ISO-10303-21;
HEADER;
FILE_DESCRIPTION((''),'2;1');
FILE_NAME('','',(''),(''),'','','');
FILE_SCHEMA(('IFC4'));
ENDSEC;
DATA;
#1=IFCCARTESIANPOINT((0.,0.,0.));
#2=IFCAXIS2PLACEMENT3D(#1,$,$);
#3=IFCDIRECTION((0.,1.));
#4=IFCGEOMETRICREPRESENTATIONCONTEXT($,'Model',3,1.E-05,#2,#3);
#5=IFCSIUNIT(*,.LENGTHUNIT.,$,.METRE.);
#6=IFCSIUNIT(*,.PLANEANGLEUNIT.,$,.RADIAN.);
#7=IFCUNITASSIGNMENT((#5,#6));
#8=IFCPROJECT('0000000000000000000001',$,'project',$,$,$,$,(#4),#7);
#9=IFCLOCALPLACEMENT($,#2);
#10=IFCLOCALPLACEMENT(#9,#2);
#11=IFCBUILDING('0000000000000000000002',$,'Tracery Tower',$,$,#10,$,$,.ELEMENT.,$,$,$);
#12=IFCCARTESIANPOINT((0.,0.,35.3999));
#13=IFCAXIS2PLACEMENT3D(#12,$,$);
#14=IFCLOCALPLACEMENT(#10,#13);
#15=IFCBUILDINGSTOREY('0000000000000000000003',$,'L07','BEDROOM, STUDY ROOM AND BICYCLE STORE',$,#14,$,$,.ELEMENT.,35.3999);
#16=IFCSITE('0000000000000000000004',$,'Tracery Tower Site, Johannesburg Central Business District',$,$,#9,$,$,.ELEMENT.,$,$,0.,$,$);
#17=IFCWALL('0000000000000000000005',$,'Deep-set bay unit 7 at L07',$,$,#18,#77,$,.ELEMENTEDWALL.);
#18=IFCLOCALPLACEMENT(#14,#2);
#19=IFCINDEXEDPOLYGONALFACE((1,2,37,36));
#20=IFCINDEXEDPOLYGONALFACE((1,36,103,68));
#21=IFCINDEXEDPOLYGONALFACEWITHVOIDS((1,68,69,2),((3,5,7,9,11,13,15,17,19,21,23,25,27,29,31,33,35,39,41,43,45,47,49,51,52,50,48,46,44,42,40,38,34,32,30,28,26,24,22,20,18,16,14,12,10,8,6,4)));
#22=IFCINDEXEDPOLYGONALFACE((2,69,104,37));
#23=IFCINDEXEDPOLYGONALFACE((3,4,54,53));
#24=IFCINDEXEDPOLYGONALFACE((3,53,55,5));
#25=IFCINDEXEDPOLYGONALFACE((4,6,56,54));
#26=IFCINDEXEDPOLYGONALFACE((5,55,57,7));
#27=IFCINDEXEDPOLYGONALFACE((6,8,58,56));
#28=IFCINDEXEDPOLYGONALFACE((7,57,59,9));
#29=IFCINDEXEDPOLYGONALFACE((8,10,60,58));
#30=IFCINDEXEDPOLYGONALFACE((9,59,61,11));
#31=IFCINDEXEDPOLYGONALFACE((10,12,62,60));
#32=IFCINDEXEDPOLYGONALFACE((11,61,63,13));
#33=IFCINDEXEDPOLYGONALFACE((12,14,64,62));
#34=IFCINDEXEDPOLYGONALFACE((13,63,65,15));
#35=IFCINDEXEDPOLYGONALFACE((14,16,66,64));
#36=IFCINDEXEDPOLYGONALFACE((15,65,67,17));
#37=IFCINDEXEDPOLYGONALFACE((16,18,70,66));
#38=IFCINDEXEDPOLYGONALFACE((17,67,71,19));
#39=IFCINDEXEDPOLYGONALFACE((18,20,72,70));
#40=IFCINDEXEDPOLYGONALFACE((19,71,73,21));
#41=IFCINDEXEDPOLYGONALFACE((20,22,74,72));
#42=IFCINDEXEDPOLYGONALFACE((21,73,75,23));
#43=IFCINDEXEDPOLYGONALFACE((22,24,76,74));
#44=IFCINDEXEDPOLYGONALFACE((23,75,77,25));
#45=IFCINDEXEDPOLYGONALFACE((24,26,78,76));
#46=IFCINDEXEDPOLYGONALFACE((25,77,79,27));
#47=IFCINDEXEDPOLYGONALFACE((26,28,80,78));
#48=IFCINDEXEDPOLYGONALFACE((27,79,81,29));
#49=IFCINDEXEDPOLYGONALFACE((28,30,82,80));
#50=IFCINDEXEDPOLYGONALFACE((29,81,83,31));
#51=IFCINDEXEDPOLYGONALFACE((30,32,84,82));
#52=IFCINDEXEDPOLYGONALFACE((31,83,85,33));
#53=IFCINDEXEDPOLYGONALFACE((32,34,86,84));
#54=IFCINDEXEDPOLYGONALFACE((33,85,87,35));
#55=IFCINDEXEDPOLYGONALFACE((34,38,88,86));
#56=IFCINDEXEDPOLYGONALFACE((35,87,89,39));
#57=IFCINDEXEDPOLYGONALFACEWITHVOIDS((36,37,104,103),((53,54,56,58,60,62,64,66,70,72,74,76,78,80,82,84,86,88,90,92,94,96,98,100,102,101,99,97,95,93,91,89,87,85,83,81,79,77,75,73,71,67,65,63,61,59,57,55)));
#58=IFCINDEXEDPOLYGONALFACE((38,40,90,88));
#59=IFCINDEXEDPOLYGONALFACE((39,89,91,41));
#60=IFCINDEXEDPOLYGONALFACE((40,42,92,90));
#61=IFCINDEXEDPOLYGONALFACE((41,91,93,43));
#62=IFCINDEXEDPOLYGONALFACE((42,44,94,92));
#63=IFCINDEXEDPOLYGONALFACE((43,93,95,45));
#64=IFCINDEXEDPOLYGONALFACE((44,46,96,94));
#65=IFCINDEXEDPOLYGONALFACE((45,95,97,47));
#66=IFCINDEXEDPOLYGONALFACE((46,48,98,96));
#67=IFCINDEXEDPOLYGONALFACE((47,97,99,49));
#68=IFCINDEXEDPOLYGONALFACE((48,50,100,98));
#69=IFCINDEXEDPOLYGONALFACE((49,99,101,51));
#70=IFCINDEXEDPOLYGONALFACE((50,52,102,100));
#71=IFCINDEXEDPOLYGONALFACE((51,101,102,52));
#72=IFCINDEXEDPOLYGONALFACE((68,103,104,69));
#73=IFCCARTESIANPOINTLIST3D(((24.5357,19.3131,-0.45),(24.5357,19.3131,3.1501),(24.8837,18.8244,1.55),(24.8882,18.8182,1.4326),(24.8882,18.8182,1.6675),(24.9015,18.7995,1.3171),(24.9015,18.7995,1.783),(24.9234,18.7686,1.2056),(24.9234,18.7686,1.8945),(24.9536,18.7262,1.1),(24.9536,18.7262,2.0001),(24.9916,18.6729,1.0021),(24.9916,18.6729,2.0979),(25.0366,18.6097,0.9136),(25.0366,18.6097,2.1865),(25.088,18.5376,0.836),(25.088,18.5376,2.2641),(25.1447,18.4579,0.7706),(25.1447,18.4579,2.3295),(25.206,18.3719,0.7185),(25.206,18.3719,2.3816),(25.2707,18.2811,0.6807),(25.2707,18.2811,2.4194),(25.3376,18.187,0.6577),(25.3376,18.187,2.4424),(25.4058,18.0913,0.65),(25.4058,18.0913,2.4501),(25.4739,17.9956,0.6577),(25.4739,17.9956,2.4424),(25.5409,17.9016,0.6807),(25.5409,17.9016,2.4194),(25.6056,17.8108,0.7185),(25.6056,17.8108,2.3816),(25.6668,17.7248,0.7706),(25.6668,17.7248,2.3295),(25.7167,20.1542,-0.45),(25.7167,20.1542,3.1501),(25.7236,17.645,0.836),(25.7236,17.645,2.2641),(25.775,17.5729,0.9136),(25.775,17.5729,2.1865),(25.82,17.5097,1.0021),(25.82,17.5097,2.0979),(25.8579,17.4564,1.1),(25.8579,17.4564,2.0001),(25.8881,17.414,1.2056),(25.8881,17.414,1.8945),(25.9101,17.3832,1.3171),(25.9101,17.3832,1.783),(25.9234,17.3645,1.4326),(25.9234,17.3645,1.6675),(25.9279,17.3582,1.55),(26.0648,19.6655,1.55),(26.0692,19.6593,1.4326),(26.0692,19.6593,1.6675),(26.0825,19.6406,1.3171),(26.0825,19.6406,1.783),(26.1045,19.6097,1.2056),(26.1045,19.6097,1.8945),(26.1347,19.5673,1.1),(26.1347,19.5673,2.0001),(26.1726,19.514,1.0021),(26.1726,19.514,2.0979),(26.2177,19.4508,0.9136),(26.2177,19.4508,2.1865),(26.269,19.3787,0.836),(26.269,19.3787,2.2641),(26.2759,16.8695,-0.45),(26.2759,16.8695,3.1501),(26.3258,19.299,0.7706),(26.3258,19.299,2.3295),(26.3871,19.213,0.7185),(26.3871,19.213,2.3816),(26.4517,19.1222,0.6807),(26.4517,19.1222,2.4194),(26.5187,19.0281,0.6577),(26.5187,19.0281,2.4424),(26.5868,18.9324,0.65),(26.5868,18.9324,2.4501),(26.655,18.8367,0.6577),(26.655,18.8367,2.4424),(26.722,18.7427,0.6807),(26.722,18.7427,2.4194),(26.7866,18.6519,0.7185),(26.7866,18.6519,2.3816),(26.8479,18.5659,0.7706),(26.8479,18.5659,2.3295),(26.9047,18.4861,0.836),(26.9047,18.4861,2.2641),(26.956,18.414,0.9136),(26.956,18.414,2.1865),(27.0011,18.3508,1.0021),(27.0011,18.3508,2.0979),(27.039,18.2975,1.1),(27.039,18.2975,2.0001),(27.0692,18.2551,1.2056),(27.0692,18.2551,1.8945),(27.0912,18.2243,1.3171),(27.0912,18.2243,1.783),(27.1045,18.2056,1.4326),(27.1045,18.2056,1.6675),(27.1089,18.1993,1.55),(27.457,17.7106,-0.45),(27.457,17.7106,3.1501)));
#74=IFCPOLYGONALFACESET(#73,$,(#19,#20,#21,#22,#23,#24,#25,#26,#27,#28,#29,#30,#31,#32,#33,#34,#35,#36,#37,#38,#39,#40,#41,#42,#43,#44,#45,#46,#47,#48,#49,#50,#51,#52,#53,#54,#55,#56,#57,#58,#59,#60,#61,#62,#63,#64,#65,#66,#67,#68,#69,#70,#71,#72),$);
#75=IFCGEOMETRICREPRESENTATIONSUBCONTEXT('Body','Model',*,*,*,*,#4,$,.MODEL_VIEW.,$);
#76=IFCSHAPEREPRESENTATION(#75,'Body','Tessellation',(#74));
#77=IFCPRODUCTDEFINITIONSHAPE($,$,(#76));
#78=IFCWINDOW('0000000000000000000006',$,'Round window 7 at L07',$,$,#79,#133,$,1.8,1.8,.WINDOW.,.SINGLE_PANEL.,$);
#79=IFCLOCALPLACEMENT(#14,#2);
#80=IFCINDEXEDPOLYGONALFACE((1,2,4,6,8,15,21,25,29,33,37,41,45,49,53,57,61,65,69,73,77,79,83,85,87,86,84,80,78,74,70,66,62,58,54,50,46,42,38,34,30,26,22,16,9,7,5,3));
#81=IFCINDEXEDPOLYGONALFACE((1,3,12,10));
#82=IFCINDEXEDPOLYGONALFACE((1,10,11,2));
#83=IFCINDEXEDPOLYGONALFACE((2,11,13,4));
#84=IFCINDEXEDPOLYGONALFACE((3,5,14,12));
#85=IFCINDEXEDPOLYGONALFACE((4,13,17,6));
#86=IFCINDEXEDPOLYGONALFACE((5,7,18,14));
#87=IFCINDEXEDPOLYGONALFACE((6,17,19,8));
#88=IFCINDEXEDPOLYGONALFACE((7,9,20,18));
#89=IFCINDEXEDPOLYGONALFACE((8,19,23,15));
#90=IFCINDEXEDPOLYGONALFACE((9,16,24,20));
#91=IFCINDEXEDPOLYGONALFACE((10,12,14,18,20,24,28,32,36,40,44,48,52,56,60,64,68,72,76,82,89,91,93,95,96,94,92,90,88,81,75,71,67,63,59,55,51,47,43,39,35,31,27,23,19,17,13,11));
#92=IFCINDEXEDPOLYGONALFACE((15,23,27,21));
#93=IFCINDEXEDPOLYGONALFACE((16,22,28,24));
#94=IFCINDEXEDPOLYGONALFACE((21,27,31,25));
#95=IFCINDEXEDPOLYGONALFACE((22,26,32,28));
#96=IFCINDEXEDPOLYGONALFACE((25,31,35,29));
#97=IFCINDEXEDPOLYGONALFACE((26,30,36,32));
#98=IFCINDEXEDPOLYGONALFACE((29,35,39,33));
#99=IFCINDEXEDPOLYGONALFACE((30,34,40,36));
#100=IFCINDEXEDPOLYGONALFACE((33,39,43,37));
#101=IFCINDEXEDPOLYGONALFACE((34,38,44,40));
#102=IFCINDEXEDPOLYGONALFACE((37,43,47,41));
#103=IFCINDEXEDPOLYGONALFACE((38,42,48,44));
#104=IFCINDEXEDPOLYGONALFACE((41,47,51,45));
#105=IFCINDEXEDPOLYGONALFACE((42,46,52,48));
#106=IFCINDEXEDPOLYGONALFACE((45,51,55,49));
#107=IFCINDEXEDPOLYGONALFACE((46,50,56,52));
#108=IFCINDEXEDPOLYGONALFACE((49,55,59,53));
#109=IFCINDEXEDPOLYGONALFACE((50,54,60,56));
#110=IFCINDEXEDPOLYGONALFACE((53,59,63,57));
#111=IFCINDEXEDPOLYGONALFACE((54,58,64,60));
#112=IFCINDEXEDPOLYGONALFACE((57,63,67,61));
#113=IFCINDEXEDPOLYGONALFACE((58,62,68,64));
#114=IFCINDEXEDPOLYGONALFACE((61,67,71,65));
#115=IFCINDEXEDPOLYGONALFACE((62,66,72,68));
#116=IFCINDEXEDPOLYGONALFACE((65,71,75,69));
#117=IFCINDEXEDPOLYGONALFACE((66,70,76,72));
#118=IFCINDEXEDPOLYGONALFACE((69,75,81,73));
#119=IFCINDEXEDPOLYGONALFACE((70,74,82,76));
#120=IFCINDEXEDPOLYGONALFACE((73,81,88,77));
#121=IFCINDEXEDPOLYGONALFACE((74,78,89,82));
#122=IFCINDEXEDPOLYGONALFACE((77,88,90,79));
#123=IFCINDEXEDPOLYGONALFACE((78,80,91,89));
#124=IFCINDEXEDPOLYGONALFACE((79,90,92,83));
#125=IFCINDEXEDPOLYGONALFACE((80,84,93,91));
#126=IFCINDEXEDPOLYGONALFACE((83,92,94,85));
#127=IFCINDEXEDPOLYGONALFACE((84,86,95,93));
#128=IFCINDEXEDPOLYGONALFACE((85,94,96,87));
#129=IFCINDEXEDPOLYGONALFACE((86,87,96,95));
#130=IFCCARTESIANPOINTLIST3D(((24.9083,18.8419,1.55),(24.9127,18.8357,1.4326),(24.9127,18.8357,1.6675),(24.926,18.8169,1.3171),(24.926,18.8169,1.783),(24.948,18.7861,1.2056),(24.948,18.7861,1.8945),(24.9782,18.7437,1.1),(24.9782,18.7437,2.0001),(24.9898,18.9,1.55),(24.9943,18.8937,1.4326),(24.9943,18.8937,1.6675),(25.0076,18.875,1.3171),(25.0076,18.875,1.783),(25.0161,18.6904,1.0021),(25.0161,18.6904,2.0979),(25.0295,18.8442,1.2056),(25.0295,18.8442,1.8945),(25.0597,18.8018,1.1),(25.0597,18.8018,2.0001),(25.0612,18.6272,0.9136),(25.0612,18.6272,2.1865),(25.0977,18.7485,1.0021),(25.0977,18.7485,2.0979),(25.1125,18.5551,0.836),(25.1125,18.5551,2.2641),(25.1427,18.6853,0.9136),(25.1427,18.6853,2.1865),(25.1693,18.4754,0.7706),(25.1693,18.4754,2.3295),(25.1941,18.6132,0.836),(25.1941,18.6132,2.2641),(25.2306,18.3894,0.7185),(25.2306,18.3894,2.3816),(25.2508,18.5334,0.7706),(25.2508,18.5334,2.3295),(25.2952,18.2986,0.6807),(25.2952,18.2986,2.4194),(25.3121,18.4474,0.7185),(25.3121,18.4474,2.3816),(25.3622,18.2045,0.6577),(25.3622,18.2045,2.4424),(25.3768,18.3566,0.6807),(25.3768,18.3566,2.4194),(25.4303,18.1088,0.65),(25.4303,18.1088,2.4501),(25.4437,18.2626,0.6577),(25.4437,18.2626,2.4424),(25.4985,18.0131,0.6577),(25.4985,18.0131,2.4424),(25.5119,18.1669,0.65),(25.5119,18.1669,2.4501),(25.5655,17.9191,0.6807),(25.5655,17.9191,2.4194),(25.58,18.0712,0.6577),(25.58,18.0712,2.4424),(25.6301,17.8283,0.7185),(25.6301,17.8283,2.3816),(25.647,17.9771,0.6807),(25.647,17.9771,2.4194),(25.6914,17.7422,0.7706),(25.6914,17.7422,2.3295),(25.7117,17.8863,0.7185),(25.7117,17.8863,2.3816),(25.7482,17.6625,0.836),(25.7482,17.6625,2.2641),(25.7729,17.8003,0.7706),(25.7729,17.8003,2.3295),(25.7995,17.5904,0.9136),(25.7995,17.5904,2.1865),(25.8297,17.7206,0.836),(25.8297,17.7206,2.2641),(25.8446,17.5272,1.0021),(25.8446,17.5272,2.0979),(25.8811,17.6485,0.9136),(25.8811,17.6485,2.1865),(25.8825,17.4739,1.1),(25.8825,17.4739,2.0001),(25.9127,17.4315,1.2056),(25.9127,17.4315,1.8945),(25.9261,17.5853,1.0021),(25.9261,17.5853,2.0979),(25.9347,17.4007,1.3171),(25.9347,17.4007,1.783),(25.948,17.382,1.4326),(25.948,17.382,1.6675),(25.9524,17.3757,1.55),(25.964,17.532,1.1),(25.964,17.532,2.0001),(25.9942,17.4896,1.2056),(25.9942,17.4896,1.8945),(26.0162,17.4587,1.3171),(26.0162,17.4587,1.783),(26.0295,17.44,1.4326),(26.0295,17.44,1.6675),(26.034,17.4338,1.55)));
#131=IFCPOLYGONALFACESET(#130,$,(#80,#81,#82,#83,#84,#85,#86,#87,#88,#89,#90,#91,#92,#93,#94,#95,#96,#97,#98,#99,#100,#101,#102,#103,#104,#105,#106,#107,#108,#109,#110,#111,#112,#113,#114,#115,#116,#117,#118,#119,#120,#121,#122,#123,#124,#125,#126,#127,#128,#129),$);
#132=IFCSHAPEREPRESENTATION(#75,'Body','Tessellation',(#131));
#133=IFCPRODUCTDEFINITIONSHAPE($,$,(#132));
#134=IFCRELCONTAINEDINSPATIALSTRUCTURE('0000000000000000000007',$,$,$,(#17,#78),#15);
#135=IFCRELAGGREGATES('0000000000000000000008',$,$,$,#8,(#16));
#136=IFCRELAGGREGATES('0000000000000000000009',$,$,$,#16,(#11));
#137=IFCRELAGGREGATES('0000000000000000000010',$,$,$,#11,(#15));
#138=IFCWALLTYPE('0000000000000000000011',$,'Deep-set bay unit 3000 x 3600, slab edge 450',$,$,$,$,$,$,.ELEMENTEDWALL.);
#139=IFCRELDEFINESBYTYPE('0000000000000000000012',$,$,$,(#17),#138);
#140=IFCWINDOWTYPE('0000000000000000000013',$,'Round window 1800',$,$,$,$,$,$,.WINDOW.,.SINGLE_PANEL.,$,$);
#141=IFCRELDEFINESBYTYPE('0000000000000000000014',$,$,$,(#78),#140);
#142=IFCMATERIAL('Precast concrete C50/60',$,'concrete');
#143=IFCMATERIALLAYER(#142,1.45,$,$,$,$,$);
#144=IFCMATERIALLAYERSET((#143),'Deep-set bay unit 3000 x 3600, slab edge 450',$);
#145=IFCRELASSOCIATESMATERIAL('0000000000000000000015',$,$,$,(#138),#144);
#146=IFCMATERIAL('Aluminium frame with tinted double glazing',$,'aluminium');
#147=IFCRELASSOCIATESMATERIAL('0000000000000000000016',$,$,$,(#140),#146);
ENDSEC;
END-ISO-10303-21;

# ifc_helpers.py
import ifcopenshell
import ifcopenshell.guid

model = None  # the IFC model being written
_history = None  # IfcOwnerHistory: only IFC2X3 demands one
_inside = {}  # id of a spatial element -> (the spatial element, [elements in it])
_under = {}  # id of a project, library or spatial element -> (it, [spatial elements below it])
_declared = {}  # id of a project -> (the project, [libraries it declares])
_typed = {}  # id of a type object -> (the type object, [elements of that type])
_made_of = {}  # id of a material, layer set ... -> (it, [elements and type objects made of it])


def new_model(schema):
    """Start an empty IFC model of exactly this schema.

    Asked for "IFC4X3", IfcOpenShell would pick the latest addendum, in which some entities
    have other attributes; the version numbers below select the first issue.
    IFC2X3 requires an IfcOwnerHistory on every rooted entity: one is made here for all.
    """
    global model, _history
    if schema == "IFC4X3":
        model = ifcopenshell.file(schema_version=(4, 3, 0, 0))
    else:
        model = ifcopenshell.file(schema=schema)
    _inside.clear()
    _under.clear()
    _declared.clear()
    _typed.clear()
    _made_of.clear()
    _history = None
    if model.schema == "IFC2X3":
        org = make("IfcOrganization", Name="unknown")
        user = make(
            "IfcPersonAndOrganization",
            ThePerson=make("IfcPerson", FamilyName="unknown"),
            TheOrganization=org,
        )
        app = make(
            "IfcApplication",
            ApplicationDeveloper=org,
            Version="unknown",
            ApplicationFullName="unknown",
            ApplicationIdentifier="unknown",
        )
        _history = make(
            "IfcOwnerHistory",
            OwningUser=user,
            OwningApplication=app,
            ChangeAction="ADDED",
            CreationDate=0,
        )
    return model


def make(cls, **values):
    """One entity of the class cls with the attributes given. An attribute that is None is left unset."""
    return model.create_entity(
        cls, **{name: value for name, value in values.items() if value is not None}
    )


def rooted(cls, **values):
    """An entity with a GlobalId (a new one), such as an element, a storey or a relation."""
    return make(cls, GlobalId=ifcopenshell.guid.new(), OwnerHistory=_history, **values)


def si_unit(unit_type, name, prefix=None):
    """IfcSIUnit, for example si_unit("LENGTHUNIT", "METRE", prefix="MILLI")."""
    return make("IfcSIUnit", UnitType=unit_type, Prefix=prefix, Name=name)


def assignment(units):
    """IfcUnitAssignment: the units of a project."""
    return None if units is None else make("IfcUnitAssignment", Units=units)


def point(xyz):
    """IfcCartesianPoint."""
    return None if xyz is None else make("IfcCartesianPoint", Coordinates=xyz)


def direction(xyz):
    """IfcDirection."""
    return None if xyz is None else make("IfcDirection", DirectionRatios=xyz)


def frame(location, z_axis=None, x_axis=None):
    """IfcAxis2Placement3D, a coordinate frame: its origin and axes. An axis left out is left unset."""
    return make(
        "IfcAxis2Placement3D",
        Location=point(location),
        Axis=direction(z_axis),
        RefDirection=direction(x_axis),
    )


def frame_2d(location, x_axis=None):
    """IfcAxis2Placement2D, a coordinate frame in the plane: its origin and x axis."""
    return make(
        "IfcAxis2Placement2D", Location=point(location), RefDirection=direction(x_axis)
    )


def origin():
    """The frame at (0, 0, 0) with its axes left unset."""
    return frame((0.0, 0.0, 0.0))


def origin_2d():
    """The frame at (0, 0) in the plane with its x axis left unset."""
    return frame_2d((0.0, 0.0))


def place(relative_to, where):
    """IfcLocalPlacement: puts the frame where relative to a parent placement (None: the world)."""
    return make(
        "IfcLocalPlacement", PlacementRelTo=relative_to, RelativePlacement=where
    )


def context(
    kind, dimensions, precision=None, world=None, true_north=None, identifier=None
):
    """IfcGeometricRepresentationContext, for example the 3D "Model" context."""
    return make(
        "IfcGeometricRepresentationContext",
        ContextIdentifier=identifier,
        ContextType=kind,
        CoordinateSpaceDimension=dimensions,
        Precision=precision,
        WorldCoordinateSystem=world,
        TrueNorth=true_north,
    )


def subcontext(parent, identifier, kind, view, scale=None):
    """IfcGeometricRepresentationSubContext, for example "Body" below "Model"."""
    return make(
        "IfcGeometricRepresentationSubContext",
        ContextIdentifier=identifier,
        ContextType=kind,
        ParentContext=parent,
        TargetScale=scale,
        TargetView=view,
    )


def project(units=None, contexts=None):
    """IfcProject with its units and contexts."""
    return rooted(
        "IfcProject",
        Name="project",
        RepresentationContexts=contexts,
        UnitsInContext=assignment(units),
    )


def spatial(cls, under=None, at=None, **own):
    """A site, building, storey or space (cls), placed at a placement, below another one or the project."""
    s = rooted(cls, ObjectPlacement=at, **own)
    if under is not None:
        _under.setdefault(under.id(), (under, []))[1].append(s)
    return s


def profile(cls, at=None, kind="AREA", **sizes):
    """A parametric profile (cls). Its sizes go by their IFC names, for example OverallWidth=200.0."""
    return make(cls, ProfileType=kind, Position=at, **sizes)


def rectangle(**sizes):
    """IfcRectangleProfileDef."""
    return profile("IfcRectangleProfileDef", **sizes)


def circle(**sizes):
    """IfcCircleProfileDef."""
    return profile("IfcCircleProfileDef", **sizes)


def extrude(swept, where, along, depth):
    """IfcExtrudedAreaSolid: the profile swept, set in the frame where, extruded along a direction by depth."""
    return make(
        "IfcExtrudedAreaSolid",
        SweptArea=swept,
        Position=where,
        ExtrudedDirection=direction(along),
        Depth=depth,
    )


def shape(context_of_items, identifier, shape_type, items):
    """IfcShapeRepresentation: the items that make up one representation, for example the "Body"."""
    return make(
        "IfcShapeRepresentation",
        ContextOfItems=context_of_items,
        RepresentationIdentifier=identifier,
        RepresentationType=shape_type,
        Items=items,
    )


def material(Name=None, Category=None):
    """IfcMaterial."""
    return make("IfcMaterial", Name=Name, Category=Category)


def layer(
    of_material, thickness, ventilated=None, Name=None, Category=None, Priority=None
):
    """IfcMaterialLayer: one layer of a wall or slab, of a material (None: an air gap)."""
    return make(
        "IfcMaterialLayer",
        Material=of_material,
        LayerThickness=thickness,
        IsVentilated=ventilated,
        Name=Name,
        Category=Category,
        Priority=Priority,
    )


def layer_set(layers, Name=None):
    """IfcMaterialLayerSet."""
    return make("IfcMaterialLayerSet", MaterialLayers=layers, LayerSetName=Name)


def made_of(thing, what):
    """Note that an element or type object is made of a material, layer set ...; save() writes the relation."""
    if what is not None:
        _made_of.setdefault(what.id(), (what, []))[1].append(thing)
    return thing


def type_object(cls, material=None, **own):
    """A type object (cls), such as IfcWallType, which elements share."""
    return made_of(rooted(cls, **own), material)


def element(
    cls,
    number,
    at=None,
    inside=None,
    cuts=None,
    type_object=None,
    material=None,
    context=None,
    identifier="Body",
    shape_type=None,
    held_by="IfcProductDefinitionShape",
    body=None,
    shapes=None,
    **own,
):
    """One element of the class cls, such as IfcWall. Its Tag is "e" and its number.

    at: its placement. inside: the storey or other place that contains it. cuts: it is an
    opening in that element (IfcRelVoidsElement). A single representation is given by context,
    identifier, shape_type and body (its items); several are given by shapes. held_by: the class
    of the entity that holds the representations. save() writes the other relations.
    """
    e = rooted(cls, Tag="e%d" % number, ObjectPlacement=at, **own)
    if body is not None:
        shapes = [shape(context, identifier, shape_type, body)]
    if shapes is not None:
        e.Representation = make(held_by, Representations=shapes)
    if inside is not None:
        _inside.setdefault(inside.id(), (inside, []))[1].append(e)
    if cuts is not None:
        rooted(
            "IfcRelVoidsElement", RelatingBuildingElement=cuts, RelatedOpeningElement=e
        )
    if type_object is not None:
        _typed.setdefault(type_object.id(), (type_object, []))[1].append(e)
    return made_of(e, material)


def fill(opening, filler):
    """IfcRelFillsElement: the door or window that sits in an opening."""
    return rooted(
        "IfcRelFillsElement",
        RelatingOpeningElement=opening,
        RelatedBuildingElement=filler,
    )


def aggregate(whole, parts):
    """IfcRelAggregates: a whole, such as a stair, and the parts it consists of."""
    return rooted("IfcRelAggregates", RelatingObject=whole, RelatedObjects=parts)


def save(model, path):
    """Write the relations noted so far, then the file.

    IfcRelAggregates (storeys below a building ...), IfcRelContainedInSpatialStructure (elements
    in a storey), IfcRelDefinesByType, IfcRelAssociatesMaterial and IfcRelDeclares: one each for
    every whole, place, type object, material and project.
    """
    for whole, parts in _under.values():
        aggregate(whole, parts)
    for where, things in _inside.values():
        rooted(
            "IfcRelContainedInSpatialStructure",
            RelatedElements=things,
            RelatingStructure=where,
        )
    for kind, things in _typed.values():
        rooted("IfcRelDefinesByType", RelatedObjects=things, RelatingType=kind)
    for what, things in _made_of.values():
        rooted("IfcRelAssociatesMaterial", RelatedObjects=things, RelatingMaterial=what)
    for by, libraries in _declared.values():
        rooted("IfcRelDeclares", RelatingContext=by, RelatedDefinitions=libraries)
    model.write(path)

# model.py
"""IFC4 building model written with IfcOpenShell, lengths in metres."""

from ifc_helpers import new_model, si_unit, direction, frame, frame_2d, origin, origin_2d, place, context, subcontext, project, spatial, rectangle, circle, extrude, material, layer, layer_set, type_object, element, fill, save


model = new_model("IFC4")

# Units and contexts
model_context = context("Model", 3, precision=1e-05, world=origin(), true_north=direction((0.0, 1.0)))
body_context = subcontext(model_context, "Body", "Model", "MODEL_VIEW")
ifc_project = project(units=[si_unit("LENGTHUNIT", "METRE"), si_unit("PLANEANGLEUNIT", "RADIAN")], contexts=[model_context])

# Site, building, storey
site_placement = place(None, origin())
site = spatial("IfcSite", under=ifc_project, at=site_placement, Name="Tracery Tower Site, Johannesburg Central Business District", CompositionType="ELEMENT", RefElevation=0.0)
building_placement = place(site_placement, origin())
building = spatial("IfcBuilding", under=site, at=building_placement, Name="Tracery Tower", CompositionType="ELEMENT")
storey_placement = place(building_placement, frame((0.0, 0.0, 35.3999)))
storey = spatial("IfcBuildingStorey", under=building, at=storey_placement, Name="L07", Description="BEDROOM, STUDY ROOM AND BICYCLE STORE", CompositionType="ELEMENT", Elevation=35.3999)

# Wall, opening, window
ifc_material_1 = material(Name="Precast concrete C50/60", Category="concrete")
ifc_layer_1 = layer(ifc_material_1, 1.45)
ifc_layer_set_1 = layer_set([ifc_layer_1], Name="Deep-set bay unit 3000 x 3600, slab edge 450")
wall_type_1 = type_object("IfcWallType", Name="Deep-set bay unit 3000 x 3600, slab edge 450", PredefinedType="ELEMENTEDWALL", material=ifc_layer_set_1)
wall_1_placement = place(storey_placement, frame((26.8665, 17.29, -0.45), z_axis=(0.0, 0.0, 1.0), x_axis=(-0.580091, 0.814552, 0.0)))
wall_1 = element("IfcWall", 1, at=wall_1_placement, inside=storey, type_object=wall_type_1, Name="Deep-set bay unit 7 at L07", PredefinedType="ELEMENTEDWALL", context=body_context, shape_type="SweptSolid", body=[
    extrude(rectangle(XDim=3.0, YDim=1.45, at=frame_2d((1.5, 0.0))), origin(), (0.0, 0.0, 1.0), 3.6001),
])
opening_1_placement = place(wall_1_placement, frame((1.5, 0.0, 2.0)))
opening_1 = element("IfcOpeningElement", 2, at=opening_1_placement, cuts=wall_1, PredefinedType="OPENING", context=body_context, shape_type="SweptSolid", body=[
    extrude(circle(Radius=0.9, at=origin_2d()), frame((0.0, 0.7349, 0.0), z_axis=(0.0, -1.0, 0.0), x_axis=(1.0, 0.0, 0.0)), (0.0, 0.0, 1.0), 1.47),
])
ifc_material_2 = material(Name="Aluminium frame with tinted double glazing", Category="aluminium")
window_type = type_object("IfcWindowType", Name="Round window 1800", PartitioningType="SINGLE_PANEL", PredefinedType="WINDOW", material=ifc_material_2)
window_1_placement = place(opening_1_placement, origin())
window_1 = element("IfcWindow", 3, at=window_1_placement, inside=storey, type_object=window_type, Name="Round window 7 at L07", OverallHeight=1.8, OverallWidth=1.8, PartitioningType="SINGLE_PANEL", PredefinedType="WINDOW", context=body_context, shape_type="SweptSolid", body=[
    extrude(circle(Radius=0.9, at=origin_2d()), frame((0.0, 0.6948, 0.0), z_axis=(0.0, -1.0, 0.0), x_axis=(1.0, 0.0, 0.0)), (0.0, 0.0, 1.0), 0.1001),
])
fill(opening_1, window_1)

save(model, "model.ifc")
